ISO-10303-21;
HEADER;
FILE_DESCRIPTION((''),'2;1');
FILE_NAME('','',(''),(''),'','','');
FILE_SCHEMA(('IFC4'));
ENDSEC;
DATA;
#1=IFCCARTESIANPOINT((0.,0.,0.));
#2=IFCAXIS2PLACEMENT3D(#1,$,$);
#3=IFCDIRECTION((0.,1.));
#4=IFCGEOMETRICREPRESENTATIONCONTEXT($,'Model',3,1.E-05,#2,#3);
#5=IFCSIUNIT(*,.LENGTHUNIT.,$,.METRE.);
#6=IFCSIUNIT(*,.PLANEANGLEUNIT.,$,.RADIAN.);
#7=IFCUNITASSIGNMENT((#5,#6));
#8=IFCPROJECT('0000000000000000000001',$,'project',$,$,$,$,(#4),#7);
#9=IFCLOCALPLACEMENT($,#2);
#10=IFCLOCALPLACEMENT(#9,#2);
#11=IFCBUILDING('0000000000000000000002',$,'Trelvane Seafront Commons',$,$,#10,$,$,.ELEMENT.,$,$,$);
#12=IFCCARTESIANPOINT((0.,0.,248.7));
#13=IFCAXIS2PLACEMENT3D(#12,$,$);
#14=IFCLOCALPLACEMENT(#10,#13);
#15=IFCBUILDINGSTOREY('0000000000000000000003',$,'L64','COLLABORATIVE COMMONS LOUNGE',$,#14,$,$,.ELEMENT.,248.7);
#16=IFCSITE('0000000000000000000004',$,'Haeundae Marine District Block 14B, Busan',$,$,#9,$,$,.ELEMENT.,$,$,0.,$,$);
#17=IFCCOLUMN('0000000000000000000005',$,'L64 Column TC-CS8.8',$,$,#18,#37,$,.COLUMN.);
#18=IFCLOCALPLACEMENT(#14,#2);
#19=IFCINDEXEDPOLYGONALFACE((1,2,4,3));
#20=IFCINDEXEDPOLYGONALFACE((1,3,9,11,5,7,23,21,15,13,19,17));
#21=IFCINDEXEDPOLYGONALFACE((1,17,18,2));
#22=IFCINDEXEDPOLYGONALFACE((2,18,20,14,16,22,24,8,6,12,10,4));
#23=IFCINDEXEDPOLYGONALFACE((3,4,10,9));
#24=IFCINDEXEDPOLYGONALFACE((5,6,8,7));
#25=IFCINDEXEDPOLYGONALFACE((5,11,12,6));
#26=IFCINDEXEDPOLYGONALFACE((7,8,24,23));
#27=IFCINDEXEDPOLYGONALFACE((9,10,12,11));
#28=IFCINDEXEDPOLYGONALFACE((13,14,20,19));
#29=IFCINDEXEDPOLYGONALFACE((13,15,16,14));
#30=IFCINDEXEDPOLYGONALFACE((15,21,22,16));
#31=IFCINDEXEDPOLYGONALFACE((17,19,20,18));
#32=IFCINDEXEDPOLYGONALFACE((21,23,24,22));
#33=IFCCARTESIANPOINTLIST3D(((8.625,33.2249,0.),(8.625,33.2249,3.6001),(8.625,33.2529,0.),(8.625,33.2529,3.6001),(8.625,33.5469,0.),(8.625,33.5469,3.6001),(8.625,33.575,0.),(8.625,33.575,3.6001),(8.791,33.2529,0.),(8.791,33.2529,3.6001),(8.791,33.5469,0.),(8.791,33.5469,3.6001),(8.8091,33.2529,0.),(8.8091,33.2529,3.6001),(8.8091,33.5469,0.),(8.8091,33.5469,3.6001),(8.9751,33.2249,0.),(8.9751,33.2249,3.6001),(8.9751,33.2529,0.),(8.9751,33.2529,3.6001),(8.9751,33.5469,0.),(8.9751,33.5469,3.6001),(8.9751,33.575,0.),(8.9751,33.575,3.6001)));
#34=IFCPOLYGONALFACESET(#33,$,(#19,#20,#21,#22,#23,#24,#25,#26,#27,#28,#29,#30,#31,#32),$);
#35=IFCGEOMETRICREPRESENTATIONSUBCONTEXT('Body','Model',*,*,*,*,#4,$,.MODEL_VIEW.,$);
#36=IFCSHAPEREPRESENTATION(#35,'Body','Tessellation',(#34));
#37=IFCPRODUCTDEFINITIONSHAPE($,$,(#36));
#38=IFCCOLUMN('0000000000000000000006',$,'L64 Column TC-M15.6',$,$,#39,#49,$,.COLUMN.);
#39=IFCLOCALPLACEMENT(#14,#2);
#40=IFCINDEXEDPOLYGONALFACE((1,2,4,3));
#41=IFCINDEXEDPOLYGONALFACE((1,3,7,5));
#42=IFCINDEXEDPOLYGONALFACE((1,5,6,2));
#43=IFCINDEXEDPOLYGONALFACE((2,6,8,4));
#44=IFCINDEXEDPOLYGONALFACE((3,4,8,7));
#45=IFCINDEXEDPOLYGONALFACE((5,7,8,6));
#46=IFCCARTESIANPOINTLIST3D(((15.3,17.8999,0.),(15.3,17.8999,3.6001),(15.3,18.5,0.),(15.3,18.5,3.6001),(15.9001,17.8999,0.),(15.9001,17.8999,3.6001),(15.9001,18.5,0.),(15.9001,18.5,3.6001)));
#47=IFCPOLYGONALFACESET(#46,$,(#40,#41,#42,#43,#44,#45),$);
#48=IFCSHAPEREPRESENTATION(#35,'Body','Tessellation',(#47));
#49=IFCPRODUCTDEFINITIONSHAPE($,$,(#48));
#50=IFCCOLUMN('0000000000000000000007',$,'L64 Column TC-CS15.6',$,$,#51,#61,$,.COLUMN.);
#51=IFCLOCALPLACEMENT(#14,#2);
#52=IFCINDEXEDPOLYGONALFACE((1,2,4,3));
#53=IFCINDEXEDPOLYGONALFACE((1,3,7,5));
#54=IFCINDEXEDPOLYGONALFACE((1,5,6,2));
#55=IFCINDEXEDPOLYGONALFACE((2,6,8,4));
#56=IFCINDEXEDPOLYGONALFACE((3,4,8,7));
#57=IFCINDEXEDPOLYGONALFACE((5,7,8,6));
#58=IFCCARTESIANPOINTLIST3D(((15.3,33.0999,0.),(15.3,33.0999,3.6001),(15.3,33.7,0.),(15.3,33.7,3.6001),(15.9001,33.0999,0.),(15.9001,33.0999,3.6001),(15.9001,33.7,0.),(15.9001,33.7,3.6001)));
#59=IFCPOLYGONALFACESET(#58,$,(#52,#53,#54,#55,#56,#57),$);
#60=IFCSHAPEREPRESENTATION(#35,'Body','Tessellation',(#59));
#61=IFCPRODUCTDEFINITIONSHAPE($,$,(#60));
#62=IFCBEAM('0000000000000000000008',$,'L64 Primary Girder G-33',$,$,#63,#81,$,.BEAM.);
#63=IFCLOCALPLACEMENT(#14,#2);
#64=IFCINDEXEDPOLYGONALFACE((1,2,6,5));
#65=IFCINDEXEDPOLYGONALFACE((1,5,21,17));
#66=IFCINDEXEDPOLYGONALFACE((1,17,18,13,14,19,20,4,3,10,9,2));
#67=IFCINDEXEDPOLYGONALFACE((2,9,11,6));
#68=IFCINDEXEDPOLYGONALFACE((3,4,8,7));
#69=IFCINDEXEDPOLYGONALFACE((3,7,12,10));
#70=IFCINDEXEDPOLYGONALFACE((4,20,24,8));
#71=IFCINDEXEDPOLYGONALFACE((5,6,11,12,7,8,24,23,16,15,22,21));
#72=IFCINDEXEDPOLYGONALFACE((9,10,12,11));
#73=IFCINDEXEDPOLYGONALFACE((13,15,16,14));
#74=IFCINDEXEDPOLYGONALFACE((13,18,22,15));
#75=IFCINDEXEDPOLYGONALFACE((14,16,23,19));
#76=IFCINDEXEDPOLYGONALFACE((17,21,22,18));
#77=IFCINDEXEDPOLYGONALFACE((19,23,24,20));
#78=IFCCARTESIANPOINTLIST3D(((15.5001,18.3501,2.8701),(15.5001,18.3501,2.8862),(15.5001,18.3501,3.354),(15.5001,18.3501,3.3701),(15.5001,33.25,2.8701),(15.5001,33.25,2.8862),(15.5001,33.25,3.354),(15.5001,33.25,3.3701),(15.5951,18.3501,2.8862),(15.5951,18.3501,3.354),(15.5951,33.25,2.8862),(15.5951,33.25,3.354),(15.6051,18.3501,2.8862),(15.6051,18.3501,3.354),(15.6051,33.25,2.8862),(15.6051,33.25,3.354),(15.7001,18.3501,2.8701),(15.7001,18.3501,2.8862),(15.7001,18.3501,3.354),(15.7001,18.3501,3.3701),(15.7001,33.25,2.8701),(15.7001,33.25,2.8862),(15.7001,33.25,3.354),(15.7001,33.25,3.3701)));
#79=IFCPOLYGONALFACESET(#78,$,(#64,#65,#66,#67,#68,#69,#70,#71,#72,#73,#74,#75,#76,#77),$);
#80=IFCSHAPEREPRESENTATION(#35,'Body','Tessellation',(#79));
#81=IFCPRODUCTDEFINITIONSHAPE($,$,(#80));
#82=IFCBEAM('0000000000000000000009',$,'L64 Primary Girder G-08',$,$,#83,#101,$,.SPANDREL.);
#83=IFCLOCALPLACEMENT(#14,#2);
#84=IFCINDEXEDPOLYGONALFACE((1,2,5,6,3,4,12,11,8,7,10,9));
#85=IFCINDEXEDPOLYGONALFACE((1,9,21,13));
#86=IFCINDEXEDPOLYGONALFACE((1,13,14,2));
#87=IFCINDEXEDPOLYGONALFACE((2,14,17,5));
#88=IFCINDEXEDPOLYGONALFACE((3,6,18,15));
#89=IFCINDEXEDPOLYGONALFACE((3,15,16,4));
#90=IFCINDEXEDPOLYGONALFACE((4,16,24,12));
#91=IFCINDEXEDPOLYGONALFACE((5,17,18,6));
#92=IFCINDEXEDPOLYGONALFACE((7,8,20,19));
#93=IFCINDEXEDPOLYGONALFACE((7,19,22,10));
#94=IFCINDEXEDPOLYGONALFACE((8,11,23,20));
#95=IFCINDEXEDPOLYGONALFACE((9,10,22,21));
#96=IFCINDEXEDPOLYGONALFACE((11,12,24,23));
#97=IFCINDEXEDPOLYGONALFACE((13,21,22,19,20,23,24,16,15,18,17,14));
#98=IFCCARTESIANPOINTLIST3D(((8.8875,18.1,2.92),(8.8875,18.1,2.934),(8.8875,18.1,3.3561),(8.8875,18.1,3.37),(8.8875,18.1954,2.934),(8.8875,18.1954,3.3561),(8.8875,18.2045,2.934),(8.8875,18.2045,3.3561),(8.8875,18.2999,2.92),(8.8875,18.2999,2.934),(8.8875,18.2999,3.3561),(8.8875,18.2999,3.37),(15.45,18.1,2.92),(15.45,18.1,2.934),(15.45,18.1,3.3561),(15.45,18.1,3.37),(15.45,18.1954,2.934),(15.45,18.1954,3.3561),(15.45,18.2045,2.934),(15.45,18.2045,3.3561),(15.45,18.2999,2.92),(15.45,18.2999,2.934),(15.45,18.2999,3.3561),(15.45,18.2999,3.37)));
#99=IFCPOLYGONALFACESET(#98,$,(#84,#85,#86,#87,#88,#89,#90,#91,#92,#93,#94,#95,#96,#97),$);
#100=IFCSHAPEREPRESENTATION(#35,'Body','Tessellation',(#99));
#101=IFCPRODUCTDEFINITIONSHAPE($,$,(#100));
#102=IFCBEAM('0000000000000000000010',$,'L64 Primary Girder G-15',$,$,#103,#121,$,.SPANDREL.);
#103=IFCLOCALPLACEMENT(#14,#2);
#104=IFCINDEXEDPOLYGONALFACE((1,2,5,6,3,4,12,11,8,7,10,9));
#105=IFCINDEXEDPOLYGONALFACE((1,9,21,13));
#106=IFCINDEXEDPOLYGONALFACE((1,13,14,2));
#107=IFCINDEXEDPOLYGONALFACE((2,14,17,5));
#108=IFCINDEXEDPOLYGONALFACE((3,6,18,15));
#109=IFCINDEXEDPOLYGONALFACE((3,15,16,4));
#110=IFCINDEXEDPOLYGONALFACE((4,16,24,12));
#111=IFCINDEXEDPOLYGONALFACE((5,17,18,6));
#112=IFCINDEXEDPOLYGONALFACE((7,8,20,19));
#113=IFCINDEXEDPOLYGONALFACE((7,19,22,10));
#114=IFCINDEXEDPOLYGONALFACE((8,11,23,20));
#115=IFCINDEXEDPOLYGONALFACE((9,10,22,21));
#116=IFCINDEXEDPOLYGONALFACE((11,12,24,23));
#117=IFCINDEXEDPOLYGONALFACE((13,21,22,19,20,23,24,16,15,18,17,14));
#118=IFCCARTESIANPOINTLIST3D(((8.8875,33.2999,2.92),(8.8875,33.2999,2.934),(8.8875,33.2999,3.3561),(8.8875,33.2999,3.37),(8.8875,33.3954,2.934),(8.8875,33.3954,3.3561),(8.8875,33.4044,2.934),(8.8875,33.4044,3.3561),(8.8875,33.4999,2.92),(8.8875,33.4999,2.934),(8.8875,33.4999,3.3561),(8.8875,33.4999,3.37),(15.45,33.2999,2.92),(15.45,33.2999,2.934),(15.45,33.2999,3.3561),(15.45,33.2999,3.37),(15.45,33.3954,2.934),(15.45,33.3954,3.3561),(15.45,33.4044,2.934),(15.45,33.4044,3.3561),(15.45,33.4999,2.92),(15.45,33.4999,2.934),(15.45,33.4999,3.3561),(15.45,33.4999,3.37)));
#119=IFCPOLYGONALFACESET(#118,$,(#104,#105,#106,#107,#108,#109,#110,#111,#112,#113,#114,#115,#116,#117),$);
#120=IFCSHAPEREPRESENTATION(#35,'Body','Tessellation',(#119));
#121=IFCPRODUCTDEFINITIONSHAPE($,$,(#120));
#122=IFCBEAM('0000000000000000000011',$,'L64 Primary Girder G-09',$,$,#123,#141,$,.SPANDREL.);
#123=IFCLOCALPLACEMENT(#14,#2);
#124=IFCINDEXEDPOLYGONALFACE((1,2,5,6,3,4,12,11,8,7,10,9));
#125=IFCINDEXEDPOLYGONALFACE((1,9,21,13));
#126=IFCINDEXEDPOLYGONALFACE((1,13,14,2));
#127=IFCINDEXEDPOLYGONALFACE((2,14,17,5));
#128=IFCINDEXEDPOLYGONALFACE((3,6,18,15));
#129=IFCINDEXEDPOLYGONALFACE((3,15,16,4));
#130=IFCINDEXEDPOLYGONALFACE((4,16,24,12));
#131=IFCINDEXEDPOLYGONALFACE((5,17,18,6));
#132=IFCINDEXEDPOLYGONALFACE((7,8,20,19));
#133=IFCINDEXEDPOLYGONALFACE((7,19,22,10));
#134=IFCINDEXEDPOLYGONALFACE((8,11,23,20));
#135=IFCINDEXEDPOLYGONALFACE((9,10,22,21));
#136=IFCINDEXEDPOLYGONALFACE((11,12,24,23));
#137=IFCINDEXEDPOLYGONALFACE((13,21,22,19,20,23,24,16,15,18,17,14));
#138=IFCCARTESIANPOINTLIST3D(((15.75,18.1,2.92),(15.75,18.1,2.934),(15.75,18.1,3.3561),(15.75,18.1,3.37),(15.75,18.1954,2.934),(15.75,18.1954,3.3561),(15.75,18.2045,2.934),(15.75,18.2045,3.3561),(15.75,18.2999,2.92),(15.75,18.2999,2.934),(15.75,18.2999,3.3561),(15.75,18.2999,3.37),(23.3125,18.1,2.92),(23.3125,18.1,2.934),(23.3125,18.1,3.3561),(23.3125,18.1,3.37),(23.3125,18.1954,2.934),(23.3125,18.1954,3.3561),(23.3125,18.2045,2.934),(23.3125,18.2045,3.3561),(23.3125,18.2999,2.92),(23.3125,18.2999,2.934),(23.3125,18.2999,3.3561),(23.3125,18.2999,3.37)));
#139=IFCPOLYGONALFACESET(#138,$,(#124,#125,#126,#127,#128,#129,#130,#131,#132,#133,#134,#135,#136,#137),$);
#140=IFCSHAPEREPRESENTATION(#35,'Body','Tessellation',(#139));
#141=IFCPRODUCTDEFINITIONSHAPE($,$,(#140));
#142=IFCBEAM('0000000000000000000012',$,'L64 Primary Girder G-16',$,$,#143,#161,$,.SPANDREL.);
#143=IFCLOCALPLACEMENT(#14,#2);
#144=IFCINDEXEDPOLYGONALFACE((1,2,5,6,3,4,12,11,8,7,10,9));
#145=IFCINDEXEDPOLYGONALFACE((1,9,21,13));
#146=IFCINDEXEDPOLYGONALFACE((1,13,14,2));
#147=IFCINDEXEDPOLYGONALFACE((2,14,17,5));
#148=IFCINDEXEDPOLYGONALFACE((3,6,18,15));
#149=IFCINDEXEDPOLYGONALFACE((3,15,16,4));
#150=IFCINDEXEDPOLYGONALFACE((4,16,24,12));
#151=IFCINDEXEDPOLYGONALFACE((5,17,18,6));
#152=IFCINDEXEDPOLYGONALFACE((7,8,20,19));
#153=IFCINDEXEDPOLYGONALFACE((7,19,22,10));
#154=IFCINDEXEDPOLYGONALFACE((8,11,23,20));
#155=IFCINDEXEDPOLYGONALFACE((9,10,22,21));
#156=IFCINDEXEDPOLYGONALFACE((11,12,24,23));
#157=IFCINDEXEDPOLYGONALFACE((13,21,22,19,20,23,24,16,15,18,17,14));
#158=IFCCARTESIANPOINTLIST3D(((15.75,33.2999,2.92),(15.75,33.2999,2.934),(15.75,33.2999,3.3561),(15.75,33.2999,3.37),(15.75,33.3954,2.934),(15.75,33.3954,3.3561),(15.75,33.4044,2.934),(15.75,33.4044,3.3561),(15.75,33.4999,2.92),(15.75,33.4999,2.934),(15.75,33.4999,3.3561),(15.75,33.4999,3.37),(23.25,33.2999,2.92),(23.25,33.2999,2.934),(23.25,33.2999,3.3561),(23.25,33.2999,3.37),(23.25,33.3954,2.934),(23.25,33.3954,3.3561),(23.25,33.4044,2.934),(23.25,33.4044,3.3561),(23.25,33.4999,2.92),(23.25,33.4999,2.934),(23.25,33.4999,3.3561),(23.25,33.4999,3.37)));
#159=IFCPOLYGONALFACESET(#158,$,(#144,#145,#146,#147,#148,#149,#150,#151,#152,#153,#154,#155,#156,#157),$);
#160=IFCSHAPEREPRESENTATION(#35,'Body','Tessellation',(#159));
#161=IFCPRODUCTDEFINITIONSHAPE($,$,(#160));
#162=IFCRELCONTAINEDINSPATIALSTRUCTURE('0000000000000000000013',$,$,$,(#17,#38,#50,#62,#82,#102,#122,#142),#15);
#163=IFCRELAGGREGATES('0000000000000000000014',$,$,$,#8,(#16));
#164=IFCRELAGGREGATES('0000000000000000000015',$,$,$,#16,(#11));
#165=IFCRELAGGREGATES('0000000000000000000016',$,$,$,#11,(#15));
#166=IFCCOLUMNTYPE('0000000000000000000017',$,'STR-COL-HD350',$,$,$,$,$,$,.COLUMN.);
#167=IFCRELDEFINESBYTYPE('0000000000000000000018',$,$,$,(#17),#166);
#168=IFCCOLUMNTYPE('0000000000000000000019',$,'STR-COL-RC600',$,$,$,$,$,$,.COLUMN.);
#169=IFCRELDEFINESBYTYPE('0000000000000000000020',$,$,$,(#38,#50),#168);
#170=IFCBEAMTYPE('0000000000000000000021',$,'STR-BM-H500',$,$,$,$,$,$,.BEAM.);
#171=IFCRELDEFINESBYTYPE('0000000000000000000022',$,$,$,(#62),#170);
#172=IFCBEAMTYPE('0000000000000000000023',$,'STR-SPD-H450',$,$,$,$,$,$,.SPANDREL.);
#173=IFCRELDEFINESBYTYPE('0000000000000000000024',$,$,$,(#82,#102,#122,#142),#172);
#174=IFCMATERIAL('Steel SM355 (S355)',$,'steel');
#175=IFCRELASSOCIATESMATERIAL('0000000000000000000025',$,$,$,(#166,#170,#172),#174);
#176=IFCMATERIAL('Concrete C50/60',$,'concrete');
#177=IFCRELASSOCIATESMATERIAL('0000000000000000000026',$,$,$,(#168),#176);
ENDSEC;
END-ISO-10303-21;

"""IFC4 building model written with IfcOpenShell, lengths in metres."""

from ifc_helpers import new_model, si_unit, direction, frame, origin, origin_2d, place, context, subcontext, project, spatial, rectangle, i_section, extrude, source, transform, mapped, material, material_profile, profile_set, type_object, element, save


model = new_model("IFC4")

# Units and contexts
model_context = context("Model", 3, precision=1e-05, world=origin(), true_north=direction((0.0, 1.0)))
body_context = subcontext(model_context, "Body", "Model", "MODEL_VIEW")
ifc_project = project(units=[si_unit("LENGTHUNIT", "METRE"), si_unit("PLANEANGLEUNIT", "RADIAN")], contexts=[model_context])

# Site, building, storey
site_placement = place(None, origin())
site = spatial("IfcSite", under=ifc_project, at=site_placement, Name="Haeundae Marine District Block 14B, Busan", CompositionType="ELEMENT", RefElevation=0.0)
building_placement = place(site_placement, origin())
building = spatial("IfcBuilding", under=site, at=building_placement, Name="Trelvane Seafront Commons", CompositionType="ELEMENT")
storey_placement = place(building_placement, frame((0.0, 0.0, 248.7)))
storey = spatial("IfcBuildingStorey", under=building, at=storey_placement, Name="L64", Description="COLLABORATIVE COMMONS LOUNGE", CompositionType="ELEMENT", Elevation=248.7)

# Columns
ifc_material_1 = material(Name="Steel SM355 (S355)", Category="steel")
ifc_material_profile_1 = material_profile(ifc_material_1, i_section(OverallWidth=0.3501, OverallDepth=0.3501, WebThickness=0.0181, FlangeThickness=0.0281, at=origin_2d()), Name="HD-350x350x18x28")
ifc_profile_set_1 = profile_set([ifc_material_profile_1], Name="Steel SM355 (S355)")
column_type_1 = type_object("IfcColumnType", Name="STR-COL-HD350", PredefinedType="COLUMN", material=ifc_profile_set_1)
shared_shape_1 = source(origin(), body_context, "Body", "SweptSolid", [
    extrude(i_section(OverallWidth=0.3501, OverallDepth=0.3501, WebThickness=0.0181, FlangeThickness=0.0281, at=origin_2d()), origin(), (0.0, 0.0, 1.0), 3.6001),
])
column_placement = place(storey_placement, frame((8.8, 33.3999, 0.0), z_axis=(0.0, 0.0, 1.0), x_axis=(1.0, 0.0, 0.0)))
element("IfcColumn", 1, at=column_placement, inside=storey, type_object=column_type_1, Name="L64 Column TC-CS8.8", PredefinedType="COLUMN", context=body_context, shape_type="MappedRepresentation", body=[
    mapped(shared_shape_1, transform((0.0, 0.0, 0.0), x_axis=(1.0, 0.0, 0.0), y_axis=(0.0, 1.0, 0.0), z_axis=(0.0, 0.0, 1.0), scale=1.0)),
])
ifc_material_2 = material(Name="Concrete C50/60", Category="concrete")
ifc_material_profile_2 = material_profile(ifc_material_2, rectangle(XDim=0.6001, YDim=0.6001, at=origin_2d()), Name="RC-600x600")
ifc_profile_set_2 = profile_set([ifc_material_profile_2], Name="Concrete C50/60")
column_type_2 = type_object("IfcColumnType", Name="STR-COL-RC600", PredefinedType="COLUMN", material=ifc_profile_set_2)
shared_shape_2 = source(origin(), body_context, "Body", "SweptSolid", [
    extrude(rectangle(XDim=0.6001, YDim=0.6001, at=origin_2d()), origin(), (0.0, 0.0, 1.0), 3.6001),
])
for number, where, z_axis, x_axis, name in (
    (2, (15.6001, 18.2, 0.0), (0.0, 0.0, 1.0), (1.0, 0.0, 0.0), "L64 Column TC-M15.6"),
    (3, (15.6001, 33.3999, 0.0), (0.0, 0.0, 1.0), (1.0, 0.0, 0.0), "L64 Column TC-CS15.6"),
):
    element("IfcColumn", number, at=place(storey_placement, frame(where, z_axis=z_axis, x_axis=x_axis)), inside=storey, type_object=column_type_2, Name=name, PredefinedType="COLUMN", context=body_context, shape_type="MappedRepresentation", body=[
        mapped(shared_shape_2, transform((0.0, 0.0, 0.0), x_axis=(1.0, 0.0, 0.0), y_axis=(0.0, 1.0, 0.0), z_axis=(0.0, 0.0, 1.0), scale=1.0)),
    ])

# Beams
ifc_material_profile_3 = material_profile(ifc_material_1, i_section(OverallWidth=0.2, OverallDepth=0.5, WebThickness=0.01, FlangeThickness=0.0161, at=origin_2d()), Name="H-500x200x10x16")
ifc_profile_set_3 = profile_set([ifc_material_profile_3], Name="Steel SM355 (S355)")
beam_type_1 = type_object("IfcBeamType", Name="STR-BM-H500", PredefinedType="BEAM", material=ifc_profile_set_3)
shared_shape_3 = source(origin(), body_context, "Body", "SweptSolid", [
    extrude(i_section(OverallWidth=0.2, OverallDepth=0.5, WebThickness=0.01, FlangeThickness=0.0161, at=origin_2d()), origin(), (0.0, 0.0, 1.0), 14.8999),
])
beam_1_placement = place(storey_placement, frame((15.6001, 18.3501, 3.1201), z_axis=(0.0, 1.0, 0.0), x_axis=(-1.0, 0.0, 0.0)))
element("IfcBeam", 4, at=beam_1_placement, inside=storey, type_object=beam_type_1, Name="L64 Primary Girder G-33", PredefinedType="BEAM", context=body_context, shape_type="MappedRepresentation", body=[
    mapped(shared_shape_3, transform((0.0, 0.0, 0.0), x_axis=(1.0, 0.0, 0.0), y_axis=(0.0, 1.0, 0.0), z_axis=(0.0, 0.0, 1.0), scale=1.0)),
])
ifc_material_profile_4 = material_profile(ifc_material_1, i_section(OverallWidth=0.2, OverallDepth=0.45, WebThickness=0.009, FlangeThickness=0.0139, at=origin_2d()), Name="H-450x200x9x14")
ifc_profile_set_4 = profile_set([ifc_material_profile_4], Name="Steel SM355 (S355)")
beam_type_2 = type_object("IfcBeamType", Name="STR-SPD-H450", PredefinedType="SPANDREL", material=ifc_profile_set_4)
shared_shape_4 = source(origin(), body_context, "Body", "SweptSolid", [
    extrude(i_section(OverallWidth=0.2, OverallDepth=0.45, WebThickness=0.009, FlangeThickness=0.0139, at=origin_2d()), origin(), (0.0, 0.0, 1.0), 6.5625),
])
for number, where, z_axis, x_axis, name in (
    (5, (8.8875, 18.2, 3.145), (1.0, 0.0, 0.0), (0.0, 1.0, 0.0), "L64 Primary Girder G-08"),
    (6, (8.8875, 33.3999, 3.145), (1.0, 0.0, 0.0), (0.0, 1.0, 0.0), "L64 Primary Girder G-15"),
):
    element("IfcBeam", number, at=place(storey_placement, frame(where, z_axis=z_axis, x_axis=x_axis)), inside=storey, type_object=beam_type_2, Name=name, PredefinedType="SPANDREL", context=body_context, shape_type="MappedRepresentation", body=[
        mapped(shared_shape_4, transform((0.0, 0.0, 0.0), x_axis=(1.0, 0.0, 0.0), y_axis=(0.0, 1.0, 0.0), z_axis=(0.0, 0.0, 1.0), scale=1.0)),
    ])
shared_shape_5 = source(origin(), body_context, "Body", "SweptSolid", [
    extrude(i_section(OverallWidth=0.2, OverallDepth=0.45, WebThickness=0.009, FlangeThickness=0.0139, at=origin_2d()), origin(), (0.0, 0.0, 1.0), 7.5625),
])
beam_2_placement = place(storey_placement, frame((15.75, 18.2, 3.145), z_axis=(1.0, 0.0, 0.0), x_axis=(0.0, 1.0, 0.0)))
element("IfcBeam", 7, at=beam_2_placement, inside=storey, type_object=beam_type_2, Name="L64 Primary Girder G-09", PredefinedType="SPANDREL", context=body_context, shape_type="MappedRepresentation", body=[
    mapped(shared_shape_5, transform((0.0, 0.0, 0.0), x_axis=(1.0, 0.0, 0.0), y_axis=(0.0, 1.0, 0.0), z_axis=(0.0, 0.0, 1.0), scale=1.0)),
])
shared_shape_6 = source(origin(), body_context, "Body", "SweptSolid", [
    extrude(i_section(OverallWidth=0.2, OverallDepth=0.45, WebThickness=0.009, FlangeThickness=0.0139, at=origin_2d()), origin(), (0.0, 0.0, 1.0), 7.5),
])
beam_3_placement = place(storey_placement, frame((15.75, 33.3999, 3.145), z_axis=(1.0, 0.0, 0.0), x_axis=(0.0, 1.0, 0.0)))
element("IfcBeam", 8, at=beam_3_placement, inside=storey, type_object=beam_type_2, Name="L64 Primary Girder G-16", PredefinedType="SPANDREL", context=body_context, shape_type="MappedRepresentation", body=[
    mapped(shared_shape_6, transform((0.0, 0.0, 0.0), x_axis=(1.0, 0.0, 0.0), y_axis=(0.0, 1.0, 0.0), z_axis=(0.0, 0.0, 1.0), scale=1.0)),
])

save(model, "model.ifc")
